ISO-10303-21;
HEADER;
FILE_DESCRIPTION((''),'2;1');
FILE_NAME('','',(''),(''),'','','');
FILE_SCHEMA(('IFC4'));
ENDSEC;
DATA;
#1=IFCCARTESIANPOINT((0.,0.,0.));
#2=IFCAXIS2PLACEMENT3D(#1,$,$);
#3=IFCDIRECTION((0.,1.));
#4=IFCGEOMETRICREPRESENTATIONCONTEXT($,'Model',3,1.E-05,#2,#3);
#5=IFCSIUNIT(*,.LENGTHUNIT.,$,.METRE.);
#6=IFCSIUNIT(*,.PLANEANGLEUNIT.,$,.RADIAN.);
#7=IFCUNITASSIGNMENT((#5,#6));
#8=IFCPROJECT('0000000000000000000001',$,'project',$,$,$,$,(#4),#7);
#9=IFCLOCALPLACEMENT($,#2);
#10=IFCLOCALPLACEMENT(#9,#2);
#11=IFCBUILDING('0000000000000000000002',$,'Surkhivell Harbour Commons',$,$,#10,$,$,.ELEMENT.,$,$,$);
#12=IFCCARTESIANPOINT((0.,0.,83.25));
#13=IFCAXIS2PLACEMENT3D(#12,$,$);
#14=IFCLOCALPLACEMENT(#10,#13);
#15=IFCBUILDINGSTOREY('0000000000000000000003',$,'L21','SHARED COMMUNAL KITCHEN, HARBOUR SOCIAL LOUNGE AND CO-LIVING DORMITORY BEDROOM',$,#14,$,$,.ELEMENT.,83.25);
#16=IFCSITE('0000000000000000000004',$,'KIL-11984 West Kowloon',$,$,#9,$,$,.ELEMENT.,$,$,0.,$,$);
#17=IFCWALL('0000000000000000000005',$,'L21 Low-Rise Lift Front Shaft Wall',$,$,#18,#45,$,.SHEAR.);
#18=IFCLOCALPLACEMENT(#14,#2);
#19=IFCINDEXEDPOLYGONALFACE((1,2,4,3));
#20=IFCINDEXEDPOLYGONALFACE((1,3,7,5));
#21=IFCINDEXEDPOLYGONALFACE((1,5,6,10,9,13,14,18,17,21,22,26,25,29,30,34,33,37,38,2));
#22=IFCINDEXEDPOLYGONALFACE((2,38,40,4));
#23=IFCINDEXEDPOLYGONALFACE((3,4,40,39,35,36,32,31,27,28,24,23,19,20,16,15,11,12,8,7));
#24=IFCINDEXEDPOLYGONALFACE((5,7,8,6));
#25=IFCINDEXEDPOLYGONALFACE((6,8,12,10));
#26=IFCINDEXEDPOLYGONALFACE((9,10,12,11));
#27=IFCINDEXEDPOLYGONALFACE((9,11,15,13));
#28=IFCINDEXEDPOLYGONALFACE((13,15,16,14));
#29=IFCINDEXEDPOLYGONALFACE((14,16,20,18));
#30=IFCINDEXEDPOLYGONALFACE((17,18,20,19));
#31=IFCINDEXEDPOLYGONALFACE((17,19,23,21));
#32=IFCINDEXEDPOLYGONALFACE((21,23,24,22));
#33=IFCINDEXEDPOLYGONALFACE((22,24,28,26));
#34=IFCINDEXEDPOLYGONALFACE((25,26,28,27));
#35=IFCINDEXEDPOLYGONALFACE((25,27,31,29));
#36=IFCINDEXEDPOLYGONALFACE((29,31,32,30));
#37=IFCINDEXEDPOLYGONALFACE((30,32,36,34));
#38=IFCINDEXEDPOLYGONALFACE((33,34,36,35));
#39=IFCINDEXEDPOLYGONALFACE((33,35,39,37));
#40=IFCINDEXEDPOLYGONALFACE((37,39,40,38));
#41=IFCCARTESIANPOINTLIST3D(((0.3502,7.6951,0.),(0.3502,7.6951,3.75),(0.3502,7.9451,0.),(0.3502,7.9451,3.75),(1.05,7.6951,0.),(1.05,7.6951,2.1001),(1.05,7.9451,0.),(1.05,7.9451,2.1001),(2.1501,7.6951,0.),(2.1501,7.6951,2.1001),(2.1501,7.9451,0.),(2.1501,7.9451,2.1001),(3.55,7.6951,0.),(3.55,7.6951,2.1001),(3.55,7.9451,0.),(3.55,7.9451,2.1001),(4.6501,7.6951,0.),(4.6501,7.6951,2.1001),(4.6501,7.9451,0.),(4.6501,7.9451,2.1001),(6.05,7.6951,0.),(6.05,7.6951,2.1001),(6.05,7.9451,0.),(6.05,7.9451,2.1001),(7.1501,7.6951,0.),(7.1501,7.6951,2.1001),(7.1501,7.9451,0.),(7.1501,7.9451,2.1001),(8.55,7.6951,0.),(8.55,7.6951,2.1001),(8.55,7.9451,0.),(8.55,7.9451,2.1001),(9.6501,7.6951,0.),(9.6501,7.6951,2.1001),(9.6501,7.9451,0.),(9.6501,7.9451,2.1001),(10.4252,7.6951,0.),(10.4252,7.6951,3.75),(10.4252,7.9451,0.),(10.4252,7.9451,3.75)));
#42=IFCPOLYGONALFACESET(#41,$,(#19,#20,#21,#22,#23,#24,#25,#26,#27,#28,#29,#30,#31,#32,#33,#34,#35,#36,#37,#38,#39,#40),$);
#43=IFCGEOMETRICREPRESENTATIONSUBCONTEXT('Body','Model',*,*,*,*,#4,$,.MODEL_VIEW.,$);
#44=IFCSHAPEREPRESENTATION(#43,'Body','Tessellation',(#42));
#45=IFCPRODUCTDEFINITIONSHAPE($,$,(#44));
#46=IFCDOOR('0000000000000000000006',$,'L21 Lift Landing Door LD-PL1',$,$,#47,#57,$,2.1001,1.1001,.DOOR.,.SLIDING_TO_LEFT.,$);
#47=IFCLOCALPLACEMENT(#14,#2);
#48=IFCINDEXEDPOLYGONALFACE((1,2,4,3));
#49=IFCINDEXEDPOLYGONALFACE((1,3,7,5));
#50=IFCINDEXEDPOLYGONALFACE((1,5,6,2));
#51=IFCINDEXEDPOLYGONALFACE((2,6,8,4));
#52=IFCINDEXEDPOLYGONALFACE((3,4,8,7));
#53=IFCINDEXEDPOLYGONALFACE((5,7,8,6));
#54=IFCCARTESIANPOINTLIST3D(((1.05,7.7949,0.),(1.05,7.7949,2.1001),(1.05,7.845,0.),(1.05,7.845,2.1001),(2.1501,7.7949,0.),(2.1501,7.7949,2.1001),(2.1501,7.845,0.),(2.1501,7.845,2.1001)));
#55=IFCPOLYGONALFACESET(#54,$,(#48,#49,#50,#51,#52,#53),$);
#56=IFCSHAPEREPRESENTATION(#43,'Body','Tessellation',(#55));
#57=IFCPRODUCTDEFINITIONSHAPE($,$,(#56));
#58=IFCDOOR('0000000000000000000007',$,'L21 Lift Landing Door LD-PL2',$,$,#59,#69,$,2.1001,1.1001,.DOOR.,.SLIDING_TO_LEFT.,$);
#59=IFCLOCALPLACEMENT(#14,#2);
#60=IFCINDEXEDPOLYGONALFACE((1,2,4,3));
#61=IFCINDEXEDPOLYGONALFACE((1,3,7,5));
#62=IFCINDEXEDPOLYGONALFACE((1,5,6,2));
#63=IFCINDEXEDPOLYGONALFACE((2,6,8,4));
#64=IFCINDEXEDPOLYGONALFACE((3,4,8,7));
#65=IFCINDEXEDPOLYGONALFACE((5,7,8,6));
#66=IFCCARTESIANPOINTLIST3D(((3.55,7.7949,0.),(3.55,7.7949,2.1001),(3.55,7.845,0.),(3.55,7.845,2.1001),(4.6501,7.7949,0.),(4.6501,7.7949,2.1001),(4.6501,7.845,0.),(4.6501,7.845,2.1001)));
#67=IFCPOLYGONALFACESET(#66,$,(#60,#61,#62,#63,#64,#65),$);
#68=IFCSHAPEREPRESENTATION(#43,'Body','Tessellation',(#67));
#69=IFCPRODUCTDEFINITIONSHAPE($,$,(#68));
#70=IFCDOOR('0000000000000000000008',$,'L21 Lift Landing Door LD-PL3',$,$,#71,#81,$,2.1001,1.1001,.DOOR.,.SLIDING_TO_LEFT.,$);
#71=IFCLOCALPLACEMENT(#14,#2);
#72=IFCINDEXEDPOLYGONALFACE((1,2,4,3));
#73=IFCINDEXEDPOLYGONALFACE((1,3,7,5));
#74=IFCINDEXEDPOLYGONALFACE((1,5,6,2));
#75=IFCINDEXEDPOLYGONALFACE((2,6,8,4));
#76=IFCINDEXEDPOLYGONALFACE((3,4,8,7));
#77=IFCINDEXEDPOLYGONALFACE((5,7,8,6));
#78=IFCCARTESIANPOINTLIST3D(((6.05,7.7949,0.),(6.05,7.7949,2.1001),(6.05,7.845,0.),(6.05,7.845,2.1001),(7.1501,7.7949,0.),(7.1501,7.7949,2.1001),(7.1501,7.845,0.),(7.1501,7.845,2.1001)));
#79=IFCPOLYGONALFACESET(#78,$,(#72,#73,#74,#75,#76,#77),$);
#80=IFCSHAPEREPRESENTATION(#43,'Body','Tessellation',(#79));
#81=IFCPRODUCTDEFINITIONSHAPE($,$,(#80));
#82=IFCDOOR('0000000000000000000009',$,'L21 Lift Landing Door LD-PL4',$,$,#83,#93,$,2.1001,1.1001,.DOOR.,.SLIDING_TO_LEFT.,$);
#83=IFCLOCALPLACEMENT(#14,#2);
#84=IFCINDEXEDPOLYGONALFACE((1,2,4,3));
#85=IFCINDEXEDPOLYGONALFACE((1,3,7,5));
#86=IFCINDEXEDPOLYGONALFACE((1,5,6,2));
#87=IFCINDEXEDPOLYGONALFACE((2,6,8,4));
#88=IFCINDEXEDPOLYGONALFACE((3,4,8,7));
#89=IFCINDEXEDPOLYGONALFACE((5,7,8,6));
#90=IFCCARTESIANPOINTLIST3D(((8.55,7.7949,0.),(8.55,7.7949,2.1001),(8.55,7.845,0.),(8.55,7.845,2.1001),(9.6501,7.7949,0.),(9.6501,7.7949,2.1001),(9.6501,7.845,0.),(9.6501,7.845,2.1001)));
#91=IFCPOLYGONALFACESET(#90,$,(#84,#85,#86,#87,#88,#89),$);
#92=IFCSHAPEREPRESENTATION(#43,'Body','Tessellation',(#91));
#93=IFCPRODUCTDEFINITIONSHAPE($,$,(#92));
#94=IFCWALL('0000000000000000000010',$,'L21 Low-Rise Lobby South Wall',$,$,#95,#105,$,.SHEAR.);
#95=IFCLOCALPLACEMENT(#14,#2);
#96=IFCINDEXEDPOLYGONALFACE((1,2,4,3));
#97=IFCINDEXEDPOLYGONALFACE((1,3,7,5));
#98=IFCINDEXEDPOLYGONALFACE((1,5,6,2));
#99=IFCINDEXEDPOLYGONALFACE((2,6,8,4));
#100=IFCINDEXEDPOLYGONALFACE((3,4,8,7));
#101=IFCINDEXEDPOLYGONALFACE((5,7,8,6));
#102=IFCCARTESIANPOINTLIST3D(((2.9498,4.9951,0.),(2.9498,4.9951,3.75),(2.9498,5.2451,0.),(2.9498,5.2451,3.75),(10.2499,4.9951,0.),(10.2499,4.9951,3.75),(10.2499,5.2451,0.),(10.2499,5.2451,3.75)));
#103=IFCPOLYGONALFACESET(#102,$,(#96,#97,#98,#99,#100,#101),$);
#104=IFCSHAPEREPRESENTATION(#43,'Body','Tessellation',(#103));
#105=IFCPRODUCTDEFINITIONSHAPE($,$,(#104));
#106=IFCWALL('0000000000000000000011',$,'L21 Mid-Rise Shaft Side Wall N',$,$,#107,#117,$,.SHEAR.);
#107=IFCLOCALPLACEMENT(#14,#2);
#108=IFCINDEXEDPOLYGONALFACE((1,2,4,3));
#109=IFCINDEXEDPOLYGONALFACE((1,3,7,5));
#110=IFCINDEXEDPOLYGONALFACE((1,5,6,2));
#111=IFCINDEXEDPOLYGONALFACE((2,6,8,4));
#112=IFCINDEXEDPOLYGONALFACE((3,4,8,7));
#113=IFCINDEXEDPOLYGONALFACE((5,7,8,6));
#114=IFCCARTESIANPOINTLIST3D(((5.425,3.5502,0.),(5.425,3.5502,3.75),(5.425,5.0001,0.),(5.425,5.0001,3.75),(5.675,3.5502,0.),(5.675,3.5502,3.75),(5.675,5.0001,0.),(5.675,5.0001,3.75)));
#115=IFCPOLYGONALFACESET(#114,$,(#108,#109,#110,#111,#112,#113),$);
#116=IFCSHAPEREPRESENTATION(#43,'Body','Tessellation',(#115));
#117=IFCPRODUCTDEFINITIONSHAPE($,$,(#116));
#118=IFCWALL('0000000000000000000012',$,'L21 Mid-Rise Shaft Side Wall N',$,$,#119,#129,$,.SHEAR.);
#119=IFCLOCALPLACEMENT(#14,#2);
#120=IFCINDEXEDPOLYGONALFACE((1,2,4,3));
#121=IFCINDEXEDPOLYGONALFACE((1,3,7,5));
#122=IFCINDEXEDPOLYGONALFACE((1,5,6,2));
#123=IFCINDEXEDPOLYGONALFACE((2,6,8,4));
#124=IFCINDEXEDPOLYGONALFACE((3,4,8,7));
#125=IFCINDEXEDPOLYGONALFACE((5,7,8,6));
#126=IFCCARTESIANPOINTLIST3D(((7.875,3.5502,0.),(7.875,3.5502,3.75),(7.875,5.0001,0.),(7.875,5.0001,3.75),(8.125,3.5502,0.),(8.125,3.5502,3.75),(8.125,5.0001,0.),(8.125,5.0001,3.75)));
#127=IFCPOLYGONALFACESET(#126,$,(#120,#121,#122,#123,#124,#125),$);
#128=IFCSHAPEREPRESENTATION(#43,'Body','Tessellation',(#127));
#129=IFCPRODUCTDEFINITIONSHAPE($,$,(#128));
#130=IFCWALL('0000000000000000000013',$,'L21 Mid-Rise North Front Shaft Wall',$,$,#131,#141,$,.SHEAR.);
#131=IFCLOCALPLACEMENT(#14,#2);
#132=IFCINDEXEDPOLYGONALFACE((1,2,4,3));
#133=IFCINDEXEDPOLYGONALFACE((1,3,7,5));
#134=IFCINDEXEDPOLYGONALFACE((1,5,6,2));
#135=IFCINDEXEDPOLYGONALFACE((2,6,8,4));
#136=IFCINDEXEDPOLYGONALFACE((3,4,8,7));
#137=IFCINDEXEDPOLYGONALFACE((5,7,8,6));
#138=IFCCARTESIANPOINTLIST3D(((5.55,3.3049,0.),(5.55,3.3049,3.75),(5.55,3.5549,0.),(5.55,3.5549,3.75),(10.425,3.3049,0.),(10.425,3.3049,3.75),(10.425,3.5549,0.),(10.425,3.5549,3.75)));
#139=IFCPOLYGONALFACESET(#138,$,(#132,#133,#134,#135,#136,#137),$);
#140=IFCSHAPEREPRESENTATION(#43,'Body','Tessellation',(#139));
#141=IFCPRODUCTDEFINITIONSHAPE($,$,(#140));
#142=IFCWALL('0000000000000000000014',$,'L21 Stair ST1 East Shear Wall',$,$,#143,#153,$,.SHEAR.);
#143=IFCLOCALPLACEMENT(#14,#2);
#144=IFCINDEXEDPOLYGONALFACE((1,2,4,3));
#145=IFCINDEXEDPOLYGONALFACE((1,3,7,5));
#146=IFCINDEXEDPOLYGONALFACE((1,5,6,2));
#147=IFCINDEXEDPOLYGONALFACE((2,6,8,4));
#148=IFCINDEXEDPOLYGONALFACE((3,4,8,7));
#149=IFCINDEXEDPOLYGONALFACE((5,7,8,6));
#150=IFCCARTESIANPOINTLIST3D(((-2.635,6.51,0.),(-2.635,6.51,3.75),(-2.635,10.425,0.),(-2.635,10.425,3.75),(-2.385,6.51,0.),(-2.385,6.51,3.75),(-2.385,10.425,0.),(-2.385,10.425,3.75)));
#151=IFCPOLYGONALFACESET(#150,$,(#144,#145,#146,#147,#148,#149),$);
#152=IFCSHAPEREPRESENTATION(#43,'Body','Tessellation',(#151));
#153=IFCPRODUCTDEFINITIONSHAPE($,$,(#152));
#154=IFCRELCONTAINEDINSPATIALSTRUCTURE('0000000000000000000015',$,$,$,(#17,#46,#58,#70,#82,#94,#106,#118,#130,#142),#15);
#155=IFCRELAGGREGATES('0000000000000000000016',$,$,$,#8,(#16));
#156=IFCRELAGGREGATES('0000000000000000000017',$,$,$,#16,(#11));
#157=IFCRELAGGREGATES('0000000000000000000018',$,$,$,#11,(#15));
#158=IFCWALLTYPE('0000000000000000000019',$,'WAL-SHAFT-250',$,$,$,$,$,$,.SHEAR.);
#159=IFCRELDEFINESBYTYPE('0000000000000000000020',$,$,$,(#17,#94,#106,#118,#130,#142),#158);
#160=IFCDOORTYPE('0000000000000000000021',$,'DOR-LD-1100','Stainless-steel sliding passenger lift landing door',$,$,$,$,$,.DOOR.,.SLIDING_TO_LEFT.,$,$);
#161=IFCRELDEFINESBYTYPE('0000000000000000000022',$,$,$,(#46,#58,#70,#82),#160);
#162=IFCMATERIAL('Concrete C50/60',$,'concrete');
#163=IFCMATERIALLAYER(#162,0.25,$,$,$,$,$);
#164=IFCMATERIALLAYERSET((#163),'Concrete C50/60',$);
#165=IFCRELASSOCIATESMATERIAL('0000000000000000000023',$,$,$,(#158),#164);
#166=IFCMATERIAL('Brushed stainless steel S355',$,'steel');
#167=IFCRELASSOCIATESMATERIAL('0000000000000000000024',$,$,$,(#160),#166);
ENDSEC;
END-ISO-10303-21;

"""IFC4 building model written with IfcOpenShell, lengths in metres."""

from ifc_helpers import new_model, si_unit, direction, frame, frame_2d, origin, place, context, subcontext, project, spatial, rectangle, extrude, material, layer, layer_set, type_object, element, fill, save


model = new_model("IFC4")

# Units and contexts
model_context = context("Model", 3, precision=1e-05, world=origin(), true_north=direction((0.0, 1.0)))
body_context = subcontext(model_context, "Body", "Model", "MODEL_VIEW")
ifc_project = project(units=[si_unit("LENGTHUNIT", "METRE"), si_unit("PLANEANGLEUNIT", "RADIAN")], contexts=[model_context])

# Site, building, storey
site_placement = place(None, origin())
site = spatial("IfcSite", under=ifc_project, at=site_placement, Name="KIL-11984 West Kowloon", CompositionType="ELEMENT", RefElevation=0.0)
building_placement = place(site_placement, origin())
building = spatial("IfcBuilding", under=site, at=building_placement, Name="Surkhivell Harbour Commons", CompositionType="ELEMENT")
storey_placement = place(building_placement, frame((0.0, 0.0, 83.25)))
storey = spatial("IfcBuildingStorey", under=building, at=storey_placement, Name="L21", Description="SHARED COMMUNAL KITCHEN, HARBOUR SOCIAL LOUNGE AND CO-LIVING DORMITORY BEDROOM", CompositionType="ELEMENT", Elevation=83.25)

# Shared definitions
ifc_material_1 = material(Name="Concrete C50/60", Category="concrete")
ifc_layer_1 = layer(ifc_material_1, 0.25)
ifc_layer_set_1 = layer_set([ifc_layer_1], Name="Concrete C50/60")
wall_type_1 = type_object("IfcWallType", Name="WAL-SHAFT-250", PredefinedType="SHEAR", material=ifc_layer_set_1)

# Wall, openings, doors
wall_1_placement = place(storey_placement, frame((0.3501, 7.8201, 0.0), z_axis=(0.0, 0.0, 1.0), x_axis=(1.0, 0.0, 0.0)))
wall_1 = element("IfcWall", 1, at=wall_1_placement, inside=storey, type_object=wall_type_1, Name="L21 Low-Rise Lift Front Shaft Wall", PredefinedType="SHEAR", context=body_context, shape_type="SweptSolid", body=[
    extrude(rectangle(XDim=10.075, YDim=0.25, at=frame_2d((5.0376, 0.0))), origin(), (0.0, 0.0, 1.0), 3.75),
])
opening_1_placement = place(wall_1_placement, frame((0.7, 0.0, 0.0)))
opening_1 = element("IfcOpeningElement", 2, at=opening_1_placement, cuts=wall_1, PredefinedType="OPENING", context=body_context, shape_type="SweptSolid", body=[
    extrude(rectangle(XDim=1.1001, YDim=2.1001, at=frame_2d((0.55, 1.05))), frame((0.0, 0.135, 0.0), z_axis=(0.0, -1.0, 0.0), x_axis=(1.0, 0.0, 0.0)), (0.0, 0.0, 1.0), 0.27),
])
opening_2_placement = place(wall_1_placement, frame((3.2, 0.0, 0.0)))
opening_2 = element("IfcOpeningElement", 3, at=opening_2_placement, cuts=wall_1, PredefinedType="OPENING", context=body_context, shape_type="SweptSolid", body=[
    extrude(rectangle(XDim=1.1001, YDim=2.1001, at=frame_2d((0.55, 1.05))), frame((0.0, 0.135, 0.0), z_axis=(0.0, -1.0, 0.0), x_axis=(1.0, 0.0, 0.0)), (0.0, 0.0, 1.0), 0.27),
])
opening_3_placement = place(wall_1_placement, frame((5.7, 0.0, 0.0)))
opening_3 = element("IfcOpeningElement", 4, at=opening_3_placement, cuts=wall_1, PredefinedType="OPENING", context=body_context, shape_type="SweptSolid", body=[
    extrude(rectangle(XDim=1.1001, YDim=2.1001, at=frame_2d((0.55, 1.05))), frame((0.0, 0.135, 0.0), z_axis=(0.0, -1.0, 0.0), x_axis=(1.0, 0.0, 0.0)), (0.0, 0.0, 1.0), 0.27),
])
opening_4_placement = place(wall_1_placement, frame((8.2, 0.0, 0.0)))
opening_4 = element("IfcOpeningElement", 5, at=opening_4_placement, cuts=wall_1, PredefinedType="OPENING", context=body_context, shape_type="SweptSolid", body=[
    extrude(rectangle(XDim=1.1001, YDim=2.1001, at=frame_2d((0.55, 1.05))), frame((0.0, 0.135, 0.0), z_axis=(0.0, -1.0, 0.0), x_axis=(1.0, 0.0, 0.0)), (0.0, 0.0, 1.0), 0.27),
])
ifc_material_2 = material(Name="Brushed stainless steel S355", Category="steel")
door_type_1 = type_object("IfcDoorType", Name="DOR-LD-1100", Description="Stainless-steel sliding passenger lift landing door", OperationType="SLIDING_TO_LEFT", PredefinedType="DOOR", material=ifc_material_2)
door_1_placement = place(opening_1_placement, origin())
door_1 = element("IfcDoor", 6, at=door_1_placement, inside=storey, type_object=door_type_1, Name="L21 Lift Landing Door LD-PL1", OperationType="SLIDING_TO_LEFT", OverallHeight=2.1001, OverallWidth=1.1001, PredefinedType="DOOR", context=body_context, shape_type="SweptSolid", body=[
    extrude(rectangle(XDim=1.1001, YDim=2.1001, at=frame_2d((0.55, 1.05))), frame((0.0, 0.0249, 0.0), z_axis=(0.0, -1.0, 0.0), x_axis=(1.0, 0.0, 0.0)), (0.0, 0.0, 1.0), 0.05),
])
fill(opening_1, door_1)
door_2_placement = place(opening_2_placement, origin())
door_2 = element("IfcDoor", 7, at=door_2_placement, inside=storey, type_object=door_type_1, Name="L21 Lift Landing Door LD-PL2", OperationType="SLIDING_TO_LEFT", OverallHeight=2.1001, OverallWidth=1.1001, PredefinedType="DOOR", context=body_context, shape_type="SweptSolid", body=[
    extrude(rectangle(XDim=1.1001, YDim=2.1001, at=frame_2d((0.55, 1.05))), frame((0.0, 0.0249, 0.0), z_axis=(0.0, -1.0, 0.0), x_axis=(1.0, 0.0, 0.0)), (0.0, 0.0, 1.0), 0.05),
])
fill(opening_2, door_2)
door_3_placement = place(opening_3_placement, origin())
door_3 = element("IfcDoor", 8, at=door_3_placement, inside=storey, type_object=door_type_1, Name="L21 Lift Landing Door LD-PL3", OperationType="SLIDING_TO_LEFT", OverallHeight=2.1001, OverallWidth=1.1001, PredefinedType="DOOR", context=body_context, shape_type="SweptSolid", body=[
    extrude(rectangle(XDim=1.1001, YDim=2.1001, at=frame_2d((0.55, 1.05))), frame((0.0, 0.0249, 0.0), z_axis=(0.0, -1.0, 0.0), x_axis=(1.0, 0.0, 0.0)), (0.0, 0.0, 1.0), 0.05),
])
fill(opening_3, door_3)
door_4_placement = place(opening_4_placement, origin())
door_4 = element("IfcDoor", 9, at=door_4_placement, inside=storey, type_object=door_type_1, Name="L21 Lift Landing Door LD-PL4", OperationType="SLIDING_TO_LEFT", OverallHeight=2.1001, OverallWidth=1.1001, PredefinedType="DOOR", context=body_context, shape_type="SweptSolid", body=[
    extrude(rectangle(XDim=1.1001, YDim=2.1001, at=frame_2d((0.55, 1.05))), frame((0.0, 0.0249, 0.0), z_axis=(0.0, -1.0, 0.0), x_axis=(1.0, 0.0, 0.0)), (0.0, 0.0, 1.0), 0.05),
])
fill(opening_4, door_4)

# Walls
wall_2_placement = place(storey_placement, frame((2.95, 5.1201, 0.0), z_axis=(0.0, 0.0, 1.0), x_axis=(1.0, 0.0, 0.0)))
element("IfcWall", 10, at=wall_2_placement, inside=storey, type_object=wall_type_1, Name="L21 Low-Rise Lobby South Wall", PredefinedType="SHEAR", context=body_context, shape_type="SweptSolid", body=[
    extrude(rectangle(XDim=7.3, YDim=0.25, at=frame_2d((3.6499, 0.0))), origin(), (0.0, 0.0, 1.0), 3.75),
])
for number, where, z_axis, x_axis, name in (
    (11, (5.55, 3.55, 0.0), (0.0, 0.0, 1.0), (0.0, 1.0, 0.0), "L21 Mid-Rise Shaft Side Wall N"),
    (12, (8.0, 3.55, 0.0), (0.0, 0.0, 1.0), (0.0, 1.0, 0.0), "L21 Mid-Rise Shaft Side Wall N"),
):
    element("IfcWall", number, at=place(storey_placement, frame(where, z_axis=z_axis, x_axis=x_axis)), inside=storey, type_object=wall_type_1, Name=name, PredefinedType="SHEAR", context=body_context, shape_type="SweptSolid", body=[
        extrude(rectangle(XDim=1.45, YDim=0.25, at=frame_2d((0.7251, 0.0))), origin(), (0.0, 0.0, 1.0), 3.75),
    ])
wall_3_placement = place(storey_placement, frame((5.55, 3.4299, 0.0), z_axis=(0.0, 0.0, 1.0), x_axis=(1.0, 0.0, 0.0)))
element("IfcWall", 13, at=wall_3_placement, inside=storey, type_object=wall_type_1, Name="L21 Mid-Rise North Front Shaft Wall", PredefinedType="SHEAR", context=body_context, shape_type="SweptSolid", body=[
    extrude(rectangle(XDim=4.875, YDim=0.25, at=frame_2d((2.4375, 0.0))), origin(), (0.0, 0.0, 1.0), 3.75),
])
wall_4_placement = place(storey_placement, frame((-2.51, 6.51, 0.0), z_axis=(0.0, 0.0, 1.0), x_axis=(0.0, 1.0, 0.0)))
element("IfcWall", 14, at=wall_4_placement, inside=storey, type_object=wall_type_1, Name="L21 Stair ST1 East Shear Wall", PredefinedType="SHEAR", context=body_context, shape_type="SweptSolid", body=[
    extrude(rectangle(XDim=3.915, YDim=0.25, at=frame_2d((1.9575, 0.0))), origin(), (0.0, 0.0, 1.0), 3.75),
])

save(model, "model.ifc")
